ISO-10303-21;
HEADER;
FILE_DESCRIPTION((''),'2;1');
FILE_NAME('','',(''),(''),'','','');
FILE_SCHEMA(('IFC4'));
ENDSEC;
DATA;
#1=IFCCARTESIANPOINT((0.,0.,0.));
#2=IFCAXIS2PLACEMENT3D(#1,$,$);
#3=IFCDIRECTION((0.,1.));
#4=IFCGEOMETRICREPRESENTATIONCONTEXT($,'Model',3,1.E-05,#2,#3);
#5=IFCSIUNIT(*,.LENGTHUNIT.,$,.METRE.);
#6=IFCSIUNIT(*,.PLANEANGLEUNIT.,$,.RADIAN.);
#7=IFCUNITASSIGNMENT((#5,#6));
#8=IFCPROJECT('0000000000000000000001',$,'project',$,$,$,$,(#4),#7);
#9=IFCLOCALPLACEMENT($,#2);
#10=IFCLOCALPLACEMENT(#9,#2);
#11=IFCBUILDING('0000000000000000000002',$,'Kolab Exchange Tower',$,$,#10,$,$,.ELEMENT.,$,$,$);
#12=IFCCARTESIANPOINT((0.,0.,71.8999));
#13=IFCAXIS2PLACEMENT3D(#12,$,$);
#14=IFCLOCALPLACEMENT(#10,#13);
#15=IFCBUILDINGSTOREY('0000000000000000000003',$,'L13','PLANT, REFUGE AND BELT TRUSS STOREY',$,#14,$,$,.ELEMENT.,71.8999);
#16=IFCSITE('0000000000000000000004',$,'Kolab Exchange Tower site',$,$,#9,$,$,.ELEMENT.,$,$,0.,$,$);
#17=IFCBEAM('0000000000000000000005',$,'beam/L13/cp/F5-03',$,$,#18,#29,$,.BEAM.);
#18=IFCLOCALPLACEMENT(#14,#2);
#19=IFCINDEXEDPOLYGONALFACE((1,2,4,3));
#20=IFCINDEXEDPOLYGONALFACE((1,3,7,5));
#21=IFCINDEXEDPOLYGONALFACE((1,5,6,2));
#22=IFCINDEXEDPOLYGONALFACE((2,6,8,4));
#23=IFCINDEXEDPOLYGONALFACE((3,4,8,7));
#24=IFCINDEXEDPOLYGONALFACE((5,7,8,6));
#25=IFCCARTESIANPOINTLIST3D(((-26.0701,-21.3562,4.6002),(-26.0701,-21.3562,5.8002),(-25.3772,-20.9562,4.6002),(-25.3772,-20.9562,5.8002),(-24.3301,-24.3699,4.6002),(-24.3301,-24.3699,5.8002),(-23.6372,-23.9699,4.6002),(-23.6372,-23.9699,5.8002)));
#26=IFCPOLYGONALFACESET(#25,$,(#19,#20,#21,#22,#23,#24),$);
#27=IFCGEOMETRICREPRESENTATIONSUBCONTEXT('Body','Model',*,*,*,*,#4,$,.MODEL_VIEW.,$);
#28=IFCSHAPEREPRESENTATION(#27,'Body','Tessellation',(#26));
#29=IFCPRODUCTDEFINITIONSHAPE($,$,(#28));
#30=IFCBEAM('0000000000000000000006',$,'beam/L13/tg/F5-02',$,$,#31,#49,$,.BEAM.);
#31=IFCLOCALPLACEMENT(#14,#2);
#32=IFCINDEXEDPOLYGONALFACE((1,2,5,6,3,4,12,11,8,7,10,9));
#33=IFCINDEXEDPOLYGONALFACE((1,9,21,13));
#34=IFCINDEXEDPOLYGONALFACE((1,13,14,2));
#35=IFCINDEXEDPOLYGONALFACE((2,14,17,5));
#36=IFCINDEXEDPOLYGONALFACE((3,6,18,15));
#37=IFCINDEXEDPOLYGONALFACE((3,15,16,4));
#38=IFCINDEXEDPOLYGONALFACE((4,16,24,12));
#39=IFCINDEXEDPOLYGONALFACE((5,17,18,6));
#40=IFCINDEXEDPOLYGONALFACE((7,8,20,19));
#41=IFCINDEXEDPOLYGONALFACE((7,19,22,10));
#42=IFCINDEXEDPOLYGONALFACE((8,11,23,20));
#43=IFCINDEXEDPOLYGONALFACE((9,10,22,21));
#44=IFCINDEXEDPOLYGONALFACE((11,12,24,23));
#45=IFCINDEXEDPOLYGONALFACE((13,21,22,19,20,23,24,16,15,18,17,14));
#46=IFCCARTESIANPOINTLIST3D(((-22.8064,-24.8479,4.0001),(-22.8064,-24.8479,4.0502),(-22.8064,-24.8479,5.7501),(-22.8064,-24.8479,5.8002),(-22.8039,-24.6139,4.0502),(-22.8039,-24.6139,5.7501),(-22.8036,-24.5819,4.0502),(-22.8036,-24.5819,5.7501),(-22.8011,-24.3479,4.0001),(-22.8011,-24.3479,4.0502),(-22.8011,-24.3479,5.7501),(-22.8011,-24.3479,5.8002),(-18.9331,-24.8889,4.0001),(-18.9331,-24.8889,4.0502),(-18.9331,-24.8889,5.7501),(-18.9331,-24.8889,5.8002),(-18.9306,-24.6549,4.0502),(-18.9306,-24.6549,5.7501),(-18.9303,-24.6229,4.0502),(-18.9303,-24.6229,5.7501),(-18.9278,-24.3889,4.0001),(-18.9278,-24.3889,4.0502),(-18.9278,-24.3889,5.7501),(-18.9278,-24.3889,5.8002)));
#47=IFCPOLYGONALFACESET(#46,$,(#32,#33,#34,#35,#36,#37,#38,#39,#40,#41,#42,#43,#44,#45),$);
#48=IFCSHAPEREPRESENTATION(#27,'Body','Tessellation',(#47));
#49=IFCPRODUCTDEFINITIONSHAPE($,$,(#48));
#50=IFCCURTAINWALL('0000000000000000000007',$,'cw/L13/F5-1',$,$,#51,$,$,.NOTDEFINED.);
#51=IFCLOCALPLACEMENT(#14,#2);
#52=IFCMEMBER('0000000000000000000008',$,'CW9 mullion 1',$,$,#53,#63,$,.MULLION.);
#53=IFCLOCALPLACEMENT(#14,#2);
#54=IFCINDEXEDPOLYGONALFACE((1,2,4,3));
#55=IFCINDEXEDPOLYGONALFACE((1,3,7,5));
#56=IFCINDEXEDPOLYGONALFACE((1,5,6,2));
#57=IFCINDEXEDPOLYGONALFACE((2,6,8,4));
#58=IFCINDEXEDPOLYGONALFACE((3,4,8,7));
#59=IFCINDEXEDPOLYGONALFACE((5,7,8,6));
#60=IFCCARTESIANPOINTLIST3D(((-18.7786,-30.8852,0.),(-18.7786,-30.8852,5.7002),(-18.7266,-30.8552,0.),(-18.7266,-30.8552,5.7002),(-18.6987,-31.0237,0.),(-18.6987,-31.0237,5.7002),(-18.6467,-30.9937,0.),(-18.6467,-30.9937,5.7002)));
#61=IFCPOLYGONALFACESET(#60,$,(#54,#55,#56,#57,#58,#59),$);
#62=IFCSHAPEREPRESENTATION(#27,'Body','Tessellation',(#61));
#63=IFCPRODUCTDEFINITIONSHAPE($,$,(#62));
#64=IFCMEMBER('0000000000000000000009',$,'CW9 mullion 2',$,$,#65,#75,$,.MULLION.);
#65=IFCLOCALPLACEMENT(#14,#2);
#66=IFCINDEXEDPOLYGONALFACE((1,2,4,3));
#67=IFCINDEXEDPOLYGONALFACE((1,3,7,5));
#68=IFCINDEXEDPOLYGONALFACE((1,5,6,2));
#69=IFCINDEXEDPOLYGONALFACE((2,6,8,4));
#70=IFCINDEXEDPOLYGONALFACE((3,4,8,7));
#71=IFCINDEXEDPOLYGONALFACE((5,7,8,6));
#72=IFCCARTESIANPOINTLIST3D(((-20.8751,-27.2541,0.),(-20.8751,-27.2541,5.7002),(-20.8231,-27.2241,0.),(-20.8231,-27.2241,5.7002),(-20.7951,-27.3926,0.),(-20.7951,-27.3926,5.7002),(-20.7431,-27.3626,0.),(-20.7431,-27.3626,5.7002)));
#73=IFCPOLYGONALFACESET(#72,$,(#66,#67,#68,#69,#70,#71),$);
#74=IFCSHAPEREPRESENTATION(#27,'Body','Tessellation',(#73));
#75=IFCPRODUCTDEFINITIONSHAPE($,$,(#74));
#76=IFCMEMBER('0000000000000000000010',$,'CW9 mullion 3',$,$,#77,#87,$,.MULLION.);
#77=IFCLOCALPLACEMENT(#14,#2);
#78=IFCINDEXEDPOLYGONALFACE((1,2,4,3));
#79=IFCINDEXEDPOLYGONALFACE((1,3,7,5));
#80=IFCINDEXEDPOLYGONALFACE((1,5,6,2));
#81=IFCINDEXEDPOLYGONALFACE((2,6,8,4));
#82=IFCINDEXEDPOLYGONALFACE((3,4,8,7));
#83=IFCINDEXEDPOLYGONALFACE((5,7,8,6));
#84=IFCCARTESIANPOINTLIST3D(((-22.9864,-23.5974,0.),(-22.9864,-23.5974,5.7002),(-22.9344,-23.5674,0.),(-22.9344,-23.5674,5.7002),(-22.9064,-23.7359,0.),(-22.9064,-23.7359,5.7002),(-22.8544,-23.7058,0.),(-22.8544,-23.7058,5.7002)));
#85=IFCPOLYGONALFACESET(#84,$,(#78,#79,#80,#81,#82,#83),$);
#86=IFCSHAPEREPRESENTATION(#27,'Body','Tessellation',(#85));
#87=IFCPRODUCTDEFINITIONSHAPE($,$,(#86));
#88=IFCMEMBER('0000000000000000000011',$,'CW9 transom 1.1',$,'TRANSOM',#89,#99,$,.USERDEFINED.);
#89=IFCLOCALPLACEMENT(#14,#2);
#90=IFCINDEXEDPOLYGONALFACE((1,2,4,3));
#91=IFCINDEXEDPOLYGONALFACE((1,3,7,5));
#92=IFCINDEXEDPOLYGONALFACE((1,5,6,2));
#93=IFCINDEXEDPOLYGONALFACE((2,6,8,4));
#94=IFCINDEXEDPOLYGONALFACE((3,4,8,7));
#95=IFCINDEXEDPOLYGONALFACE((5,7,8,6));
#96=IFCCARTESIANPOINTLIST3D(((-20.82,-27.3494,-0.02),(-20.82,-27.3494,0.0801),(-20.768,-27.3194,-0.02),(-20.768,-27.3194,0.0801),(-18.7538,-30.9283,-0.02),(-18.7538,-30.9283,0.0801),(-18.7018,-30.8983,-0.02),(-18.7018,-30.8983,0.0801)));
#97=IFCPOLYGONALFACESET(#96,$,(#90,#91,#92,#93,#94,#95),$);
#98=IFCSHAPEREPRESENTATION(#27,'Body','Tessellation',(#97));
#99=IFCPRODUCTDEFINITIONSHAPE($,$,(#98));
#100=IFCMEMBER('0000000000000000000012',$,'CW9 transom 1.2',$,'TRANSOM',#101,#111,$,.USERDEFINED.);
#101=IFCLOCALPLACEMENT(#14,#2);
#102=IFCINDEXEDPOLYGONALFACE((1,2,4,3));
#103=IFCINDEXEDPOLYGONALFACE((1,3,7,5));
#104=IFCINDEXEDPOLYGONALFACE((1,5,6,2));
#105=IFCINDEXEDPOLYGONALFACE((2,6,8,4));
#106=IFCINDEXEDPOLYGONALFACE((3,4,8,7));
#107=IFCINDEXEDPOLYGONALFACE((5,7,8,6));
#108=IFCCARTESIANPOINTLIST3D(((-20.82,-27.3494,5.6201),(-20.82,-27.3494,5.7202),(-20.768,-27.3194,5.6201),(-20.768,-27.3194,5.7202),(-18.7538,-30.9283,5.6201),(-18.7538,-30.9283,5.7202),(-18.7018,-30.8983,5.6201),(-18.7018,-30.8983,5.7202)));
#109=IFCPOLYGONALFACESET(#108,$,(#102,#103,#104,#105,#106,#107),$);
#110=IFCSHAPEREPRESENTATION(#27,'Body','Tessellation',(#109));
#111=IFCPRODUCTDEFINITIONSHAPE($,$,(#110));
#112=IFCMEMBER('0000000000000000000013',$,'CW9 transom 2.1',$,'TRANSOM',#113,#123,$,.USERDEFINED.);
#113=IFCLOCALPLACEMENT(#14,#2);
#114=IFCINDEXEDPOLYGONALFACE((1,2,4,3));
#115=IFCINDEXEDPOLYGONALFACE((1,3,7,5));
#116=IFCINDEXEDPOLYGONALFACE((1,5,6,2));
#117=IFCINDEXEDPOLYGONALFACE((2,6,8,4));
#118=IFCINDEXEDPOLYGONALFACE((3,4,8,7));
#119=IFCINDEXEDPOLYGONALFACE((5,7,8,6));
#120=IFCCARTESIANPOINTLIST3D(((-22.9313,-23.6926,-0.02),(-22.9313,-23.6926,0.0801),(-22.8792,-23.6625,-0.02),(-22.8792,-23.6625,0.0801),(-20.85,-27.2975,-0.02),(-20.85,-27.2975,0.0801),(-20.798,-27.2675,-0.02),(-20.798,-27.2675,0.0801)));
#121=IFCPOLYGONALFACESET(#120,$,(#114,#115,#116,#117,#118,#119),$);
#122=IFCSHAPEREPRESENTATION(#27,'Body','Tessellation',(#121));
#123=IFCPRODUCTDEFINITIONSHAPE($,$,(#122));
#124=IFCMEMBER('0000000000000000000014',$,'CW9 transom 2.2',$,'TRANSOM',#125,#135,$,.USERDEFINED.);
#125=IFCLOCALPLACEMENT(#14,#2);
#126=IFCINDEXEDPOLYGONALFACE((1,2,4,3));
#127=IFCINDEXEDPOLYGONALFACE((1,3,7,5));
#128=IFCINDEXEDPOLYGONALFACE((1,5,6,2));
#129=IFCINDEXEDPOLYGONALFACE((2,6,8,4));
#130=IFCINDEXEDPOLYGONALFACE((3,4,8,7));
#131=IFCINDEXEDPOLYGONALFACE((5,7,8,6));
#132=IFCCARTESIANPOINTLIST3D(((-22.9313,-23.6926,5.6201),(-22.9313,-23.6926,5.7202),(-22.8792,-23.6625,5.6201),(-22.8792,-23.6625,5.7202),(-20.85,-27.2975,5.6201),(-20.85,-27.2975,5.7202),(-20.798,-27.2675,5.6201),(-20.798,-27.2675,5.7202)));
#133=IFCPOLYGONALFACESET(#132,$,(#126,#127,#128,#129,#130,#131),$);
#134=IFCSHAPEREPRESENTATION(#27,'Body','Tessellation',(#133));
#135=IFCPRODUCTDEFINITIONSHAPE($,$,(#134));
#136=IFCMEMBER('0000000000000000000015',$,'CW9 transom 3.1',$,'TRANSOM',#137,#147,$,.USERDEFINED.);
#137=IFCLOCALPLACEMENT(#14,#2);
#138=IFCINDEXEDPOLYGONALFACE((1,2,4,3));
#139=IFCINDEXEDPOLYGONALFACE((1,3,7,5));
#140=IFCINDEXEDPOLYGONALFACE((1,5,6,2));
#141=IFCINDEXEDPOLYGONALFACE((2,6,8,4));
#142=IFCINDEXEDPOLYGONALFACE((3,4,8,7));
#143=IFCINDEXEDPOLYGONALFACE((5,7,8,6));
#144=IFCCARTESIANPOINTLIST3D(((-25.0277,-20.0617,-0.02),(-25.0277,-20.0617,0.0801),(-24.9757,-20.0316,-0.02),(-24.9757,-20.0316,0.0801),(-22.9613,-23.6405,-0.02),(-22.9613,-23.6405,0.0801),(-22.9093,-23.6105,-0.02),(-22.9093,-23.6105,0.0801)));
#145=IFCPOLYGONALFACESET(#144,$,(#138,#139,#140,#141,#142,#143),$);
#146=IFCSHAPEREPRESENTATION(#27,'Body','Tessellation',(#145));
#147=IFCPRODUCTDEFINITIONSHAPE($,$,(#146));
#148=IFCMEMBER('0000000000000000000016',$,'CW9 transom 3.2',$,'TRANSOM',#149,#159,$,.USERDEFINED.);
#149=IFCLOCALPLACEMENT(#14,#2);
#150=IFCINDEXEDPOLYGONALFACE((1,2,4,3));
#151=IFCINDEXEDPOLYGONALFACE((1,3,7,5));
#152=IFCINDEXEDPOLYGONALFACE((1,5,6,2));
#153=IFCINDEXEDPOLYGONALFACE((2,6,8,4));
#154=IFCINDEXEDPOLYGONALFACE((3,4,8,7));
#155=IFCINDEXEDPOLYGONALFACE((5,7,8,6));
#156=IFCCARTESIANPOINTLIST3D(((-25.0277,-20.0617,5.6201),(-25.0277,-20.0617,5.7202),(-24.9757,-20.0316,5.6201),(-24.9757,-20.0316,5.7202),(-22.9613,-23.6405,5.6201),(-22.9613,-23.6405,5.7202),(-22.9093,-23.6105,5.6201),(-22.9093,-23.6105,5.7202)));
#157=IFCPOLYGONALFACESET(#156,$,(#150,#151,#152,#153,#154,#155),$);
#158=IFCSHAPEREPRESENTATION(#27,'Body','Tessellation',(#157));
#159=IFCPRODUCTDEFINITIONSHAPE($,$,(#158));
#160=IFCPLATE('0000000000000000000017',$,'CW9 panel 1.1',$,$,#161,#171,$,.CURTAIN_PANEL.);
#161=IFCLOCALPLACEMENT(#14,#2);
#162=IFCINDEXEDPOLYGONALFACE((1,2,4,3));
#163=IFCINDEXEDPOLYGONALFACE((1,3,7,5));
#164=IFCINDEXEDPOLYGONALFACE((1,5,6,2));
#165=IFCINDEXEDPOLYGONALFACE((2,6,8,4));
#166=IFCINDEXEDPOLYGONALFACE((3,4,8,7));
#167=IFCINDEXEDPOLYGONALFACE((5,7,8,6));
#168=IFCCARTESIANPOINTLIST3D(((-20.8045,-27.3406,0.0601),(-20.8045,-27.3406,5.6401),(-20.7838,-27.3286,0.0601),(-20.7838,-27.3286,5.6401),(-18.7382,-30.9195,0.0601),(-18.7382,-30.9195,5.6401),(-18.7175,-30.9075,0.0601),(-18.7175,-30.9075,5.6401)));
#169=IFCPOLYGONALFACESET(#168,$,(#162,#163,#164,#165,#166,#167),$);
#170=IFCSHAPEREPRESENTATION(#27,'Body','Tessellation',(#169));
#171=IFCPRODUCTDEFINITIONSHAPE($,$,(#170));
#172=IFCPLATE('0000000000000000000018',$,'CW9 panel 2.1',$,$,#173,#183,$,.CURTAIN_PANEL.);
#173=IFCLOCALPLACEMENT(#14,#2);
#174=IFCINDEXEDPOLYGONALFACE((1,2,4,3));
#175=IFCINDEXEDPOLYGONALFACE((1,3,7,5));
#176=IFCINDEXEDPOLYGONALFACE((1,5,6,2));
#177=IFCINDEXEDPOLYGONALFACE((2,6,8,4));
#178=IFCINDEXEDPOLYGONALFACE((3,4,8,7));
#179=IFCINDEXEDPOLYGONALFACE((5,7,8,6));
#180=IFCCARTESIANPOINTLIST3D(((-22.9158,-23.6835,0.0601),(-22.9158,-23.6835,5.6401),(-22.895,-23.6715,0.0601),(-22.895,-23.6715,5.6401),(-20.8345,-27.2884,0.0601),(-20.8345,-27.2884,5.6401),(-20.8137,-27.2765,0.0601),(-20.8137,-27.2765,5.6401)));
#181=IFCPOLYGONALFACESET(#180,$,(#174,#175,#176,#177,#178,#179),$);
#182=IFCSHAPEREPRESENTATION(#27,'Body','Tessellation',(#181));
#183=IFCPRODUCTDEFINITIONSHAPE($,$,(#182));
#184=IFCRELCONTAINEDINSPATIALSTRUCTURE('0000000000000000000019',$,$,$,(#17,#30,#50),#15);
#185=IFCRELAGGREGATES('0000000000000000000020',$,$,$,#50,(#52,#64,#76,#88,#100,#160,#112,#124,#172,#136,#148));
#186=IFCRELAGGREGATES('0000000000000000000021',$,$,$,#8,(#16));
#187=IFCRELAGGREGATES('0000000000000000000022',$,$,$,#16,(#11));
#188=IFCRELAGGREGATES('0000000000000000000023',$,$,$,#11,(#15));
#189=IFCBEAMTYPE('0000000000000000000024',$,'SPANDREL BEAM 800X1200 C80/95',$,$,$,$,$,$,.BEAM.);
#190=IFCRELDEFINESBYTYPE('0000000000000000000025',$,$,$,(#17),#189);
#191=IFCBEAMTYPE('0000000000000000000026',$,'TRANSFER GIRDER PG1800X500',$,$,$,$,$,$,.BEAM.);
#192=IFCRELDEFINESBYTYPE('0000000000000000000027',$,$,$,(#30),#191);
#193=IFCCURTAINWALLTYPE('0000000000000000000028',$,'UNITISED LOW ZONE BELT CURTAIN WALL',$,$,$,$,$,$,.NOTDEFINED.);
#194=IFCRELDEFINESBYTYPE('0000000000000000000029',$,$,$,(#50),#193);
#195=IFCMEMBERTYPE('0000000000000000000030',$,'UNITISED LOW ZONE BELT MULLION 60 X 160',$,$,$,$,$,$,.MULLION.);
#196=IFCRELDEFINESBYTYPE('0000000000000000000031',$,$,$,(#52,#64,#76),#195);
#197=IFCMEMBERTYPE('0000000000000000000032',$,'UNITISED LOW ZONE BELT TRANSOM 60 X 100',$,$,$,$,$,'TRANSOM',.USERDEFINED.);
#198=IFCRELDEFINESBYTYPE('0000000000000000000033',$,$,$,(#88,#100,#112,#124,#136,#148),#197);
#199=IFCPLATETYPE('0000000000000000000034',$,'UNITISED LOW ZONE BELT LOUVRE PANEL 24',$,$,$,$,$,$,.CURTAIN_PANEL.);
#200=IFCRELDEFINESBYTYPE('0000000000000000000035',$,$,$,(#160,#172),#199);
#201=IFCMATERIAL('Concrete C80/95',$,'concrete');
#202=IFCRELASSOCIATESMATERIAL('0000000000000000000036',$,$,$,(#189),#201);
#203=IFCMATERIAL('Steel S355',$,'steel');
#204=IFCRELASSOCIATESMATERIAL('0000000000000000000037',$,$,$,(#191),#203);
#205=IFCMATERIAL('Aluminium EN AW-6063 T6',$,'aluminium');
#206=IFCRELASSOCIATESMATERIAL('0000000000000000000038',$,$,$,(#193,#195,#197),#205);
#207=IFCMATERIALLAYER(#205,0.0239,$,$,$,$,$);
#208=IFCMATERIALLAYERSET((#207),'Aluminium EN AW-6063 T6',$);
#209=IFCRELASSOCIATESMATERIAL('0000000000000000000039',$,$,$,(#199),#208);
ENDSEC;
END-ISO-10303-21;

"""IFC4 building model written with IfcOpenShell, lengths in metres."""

from ifc_helpers import new_model, si_unit, direction, frame, origin, origin_2d, place, context, subcontext, project, spatial, rectangle, i_section, extrude, material, layer, layer_set, material_profile, profile_set, type_object, element, aggregate, save


model = new_model("IFC4")

# Units and contexts
model_context = context("Model", 3, precision=1e-05, world=origin(), true_north=direction((0.0, 1.0)))
body_context = subcontext(model_context, "Body", "Model", "MODEL_VIEW")
ifc_project = project(units=[si_unit("LENGTHUNIT", "METRE"), si_unit("PLANEANGLEUNIT", "RADIAN")], contexts=[model_context])

# Site, building, storey
site_placement = place(None, origin())
site = spatial("IfcSite", under=ifc_project, at=site_placement, Name="Kolab Exchange Tower site", CompositionType="ELEMENT", RefElevation=0.0)
building_placement = place(site_placement, origin())
building = spatial("IfcBuilding", under=site, at=building_placement, Name="Kolab Exchange Tower", CompositionType="ELEMENT")
storey_placement = place(building_placement, frame((0.0, 0.0, 71.8999)))
storey = spatial("IfcBuildingStorey", under=building, at=storey_placement, Name="L13", Description="PLANT, REFUGE AND BELT TRUSS STOREY", CompositionType="ELEMENT", Elevation=71.8999)

# Shared definitions
ifc_material_1 = material(Name="Concrete C80/95", Category="concrete")

# Shared definitions
ifc_material_2 = material(Name="Steel S355", Category="steel")

# Beams
ifc_material_profile_1 = material_profile(ifc_material_1, rectangle(XDim=0.8, YDim=1.2, at=origin_2d()), Name="RC800X1200")
ifc_profile_set_1 = profile_set([ifc_material_profile_1], Name="Concrete C80/95")
beam_type_1 = type_object("IfcBeamType", Name="SPANDREL BEAM 800X1200 C80/95", PredefinedType="BEAM", material=ifc_profile_set_1)
beam_1_placement = place(storey_placement, frame((-23.9836, -24.1699, 5.2002), z_axis=(-0.50001, 0.86602, 0.0), x_axis=(-0.86602, -0.50001, 0.0)))
element("IfcBeam", 1, at=beam_1_placement, inside=storey, type_object=beam_type_1, Name="beam/L13/cp/F5-03", PredefinedType="BEAM", context=body_context, shape_type="SweptSolid", body=[
    extrude(rectangle(XDim=0.8, YDim=1.2, at=origin_2d()), origin(), (0.0, 0.0, 1.0), 3.48),
])
ifc_material_profile_2 = material_profile(ifc_material_2, i_section(OverallWidth=0.5, OverallDepth=1.8, WebThickness=0.032, FlangeThickness=0.05, at=origin_2d()), Name="PG1800X500")
ifc_profile_set_2 = profile_set([ifc_material_profile_2], Name="Steel S355")
beam_type_2 = type_object("IfcBeamType", Name="TRANSFER GIRDER PG1800X500", PredefinedType="BEAM", material=ifc_profile_set_2)
beam_2_placement = place(storey_placement, frame((-18.9304, -24.6389, 4.9001), z_axis=(-0.999944, 0.010589, 0.0), x_axis=(-0.010589, -0.999944, 0.0)))
element("IfcBeam", 2, at=beam_2_placement, inside=storey, type_object=beam_type_2, Name="beam/L13/tg/F5-02", PredefinedType="BEAM", context=body_context, shape_type="SweptSolid", body=[
    extrude(i_section(OverallWidth=0.5, OverallDepth=1.8, WebThickness=0.032, FlangeThickness=0.05, at=origin_2d()), origin(), (0.0, 0.0, 1.0), 3.8735),
])

# Curtain wall, members, plates
ifc_material_3 = material(Name="Aluminium EN AW-6063 T6", Category="aluminium")
curtain_wall_type = type_object("IfcCurtainWallType", Name="UNITISED LOW ZONE BELT CURTAIN WALL", PredefinedType="NOTDEFINED", material=ifc_material_3)
curtain_wall_placement = place(storey_placement, origin())
curtain_wall = element("IfcCurtainWall", 3, at=curtain_wall_placement, inside=storey, type_object=curtain_wall_type, Name="cw/L13/F5-1", PredefinedType="NOTDEFINED")
ifc_material_profile_3 = material_profile(ifc_material_3, rectangle(XDim=0.0601, YDim=0.1599, at=origin_2d()), Name="RECT 60X160")
ifc_profile_set_3 = profile_set([ifc_material_profile_3], Name="Aluminium EN AW-6063 T6")
member_type_1 = type_object("IfcMemberType", Name="UNITISED LOW ZONE BELT MULLION 60 X 160", PredefinedType="MULLION", material=ifc_profile_set_3)
member_1_placement = place(storey_placement, frame((-18.7126, -30.9395, 0.0), z_axis=(0.0, 0.0, 1.0), x_axis=(-0.866025, -0.5, 0.0)))
member_1 = element("IfcMember", 4, at=member_1_placement, type_object=member_type_1, Name="CW9 mullion 1", PredefinedType="MULLION", context=body_context, shape_type="SweptSolid", body=[
    extrude(rectangle(XDim=0.0601, YDim=0.1599, at=origin_2d()), origin(), (0.0, 0.0, 1.0), 5.7002),
])
member_2_placement = place(storey_placement, frame((-20.8091, -27.3083, 0.0), z_axis=(0.0, 0.0, 1.0), x_axis=(-0.866025, -0.5, 0.0)))
member_2 = element("IfcMember", 5, at=member_2_placement, type_object=member_type_1, Name="CW9 mullion 2", PredefinedType="MULLION", context=body_context, shape_type="SweptSolid", body=[
    extrude(rectangle(XDim=0.0601, YDim=0.1599, at=origin_2d()), origin(), (0.0, 0.0, 1.0), 5.7002),
])
member_3_placement = place(storey_placement, frame((-22.9204, -23.6516, 0.0), z_axis=(0.0, 0.0, 1.0), x_axis=(-0.866025, -0.5, 0.0)))
member_3 = element("IfcMember", 6, at=member_3_placement, type_object=member_type_1, Name="CW9 mullion 3", PredefinedType="MULLION", context=body_context, shape_type="SweptSolid", body=[
    extrude(rectangle(XDim=0.0601, YDim=0.1599, at=origin_2d()), origin(), (0.0, 0.0, 1.0), 5.7002),
])
ifc_material_profile_4 = material_profile(ifc_material_3, rectangle(XDim=0.0601, YDim=0.1001, at=origin_2d()), Name="RECT 60X100")
ifc_profile_set_4 = profile_set([ifc_material_profile_4], Name="Aluminium EN AW-6063 T6")
member_type_2 = type_object("IfcMemberType", Name="UNITISED LOW ZONE BELT TRANSOM 60 X 100", ElementType="TRANSOM", PredefinedType="USERDEFINED", material=ifc_profile_set_4)
member_4_placement = place(storey_placement, frame((-18.7278, -30.9133, 0.03), z_axis=(-0.499983, 0.866035, 0.0), x_axis=(-0.866035, -0.499983, 0.0)))
member_4 = element("IfcMember", 7, at=member_4_placement, type_object=member_type_2, Name="CW9 transom 1.1", ObjectType="TRANSOM", PredefinedType="USERDEFINED", context=body_context, shape_type="SweptSolid", body=[
    extrude(rectangle(XDim=0.0601, YDim=0.1001, at=origin_2d()), origin(), (0.0, 0.0, 1.0), 4.1326),
])
member_5_placement = place(storey_placement, frame((-18.7278, -30.9133, 5.6702), z_axis=(-0.499983, 0.866035, 0.0), x_axis=(-0.866035, -0.499983, 0.0)))
member_5 = element("IfcMember", 8, at=member_5_placement, type_object=member_type_2, Name="CW9 transom 1.2", ObjectType="TRANSOM", PredefinedType="USERDEFINED", context=body_context, shape_type="SweptSolid", body=[
    extrude(rectangle(XDim=0.0601, YDim=0.1001, at=origin_2d()), origin(), (0.0, 0.0, 1.0), 4.1326),
])
member_6_placement = place(storey_placement, frame((-20.824, -27.2825, 0.03), z_axis=(-0.499993, 0.866029, 0.0), x_axis=(-0.866029, -0.499993, 0.0)))
member_6 = element("IfcMember", 9, at=member_6_placement, type_object=member_type_2, Name="CW9 transom 2.1", ObjectType="TRANSOM", PredefinedType="USERDEFINED", context=body_context, shape_type="SweptSolid", body=[
    extrude(rectangle(XDim=0.0601, YDim=0.1001, at=origin_2d()), origin(), (0.0, 0.0, 1.0), 4.1626),
])
member_7_placement = place(storey_placement, frame((-20.824, -27.2825, 5.6702), z_axis=(-0.499993, 0.866029, 0.0), x_axis=(-0.866029, -0.499993, 0.0)))
member_7 = element("IfcMember", 10, at=member_7_placement, type_object=member_type_2, Name="CW9 transom 2.2", ObjectType="TRANSOM", PredefinedType="USERDEFINED", context=body_context, shape_type="SweptSolid", body=[
    extrude(rectangle(XDim=0.0601, YDim=0.1001, at=origin_2d()), origin(), (0.0, 0.0, 1.0), 4.1626),
])
member_8_placement = place(storey_placement, frame((-22.9353, -23.6255, 0.03), z_axis=(-0.500028, 0.866009, 0.0), x_axis=(-0.866009, -0.500028, 0.0)))
member_8 = element("IfcMember", 11, at=member_8_placement, type_object=member_type_2, Name="CW9 transom 3.1", ObjectType="TRANSOM", PredefinedType="USERDEFINED", context=body_context, shape_type="SweptSolid", body=[
    extrude(rectangle(XDim=0.0601, YDim=0.1001, at=origin_2d()), origin(), (0.0, 0.0, 1.0), 4.1326),
])
member_9_placement = place(storey_placement, frame((-22.9353, -23.6255, 5.6702), z_axis=(-0.500028, 0.866009, 0.0), x_axis=(-0.866009, -0.500028, 0.0)))
member_9 = element("IfcMember", 12, at=member_9_placement, type_object=member_type_2, Name="CW9 transom 3.2", ObjectType="TRANSOM", PredefinedType="USERDEFINED", context=body_context, shape_type="SweptSolid", body=[
    extrude(rectangle(XDim=0.0601, YDim=0.1001, at=origin_2d()), origin(), (0.0, 0.0, 1.0), 4.1326),
])
ifc_layer_1 = layer(ifc_material_3, 0.0239)
ifc_layer_set_1 = layer_set([ifc_layer_1], Name="Aluminium EN AW-6063 T6")
plate_type = type_object("IfcPlateType", Name="UNITISED LOW ZONE BELT LOUVRE PANEL 24", PredefinedType="CURTAIN_PANEL", material=ifc_layer_set_1)
plate_1_placement = place(storey_placement, frame((-19.761, -29.124, 0.0601), z_axis=(0.0, 0.0, 1.0), x_axis=(-0.5, 0.866025, 0.0)))
plate_1 = element("IfcPlate", 13, at=plate_1_placement, type_object=plate_type, Name="CW9 panel 1.1", PredefinedType="CURTAIN_PANEL", context=body_context, shape_type="SweptSolid", body=[
    extrude(rectangle(XDim=4.1326, YDim=0.0239, at=origin_2d()), origin(), (0.0, 0.0, 1.0), 5.5801),
])
plate_2_placement = place(storey_placement, frame((-21.8647, -25.48, 0.0601), z_axis=(0.0, 0.0, 1.0), x_axis=(-0.5, 0.866025, 0.0)))
plate_2 = element("IfcPlate", 14, at=plate_2_placement, type_object=plate_type, Name="CW9 panel 2.1", PredefinedType="CURTAIN_PANEL", context=body_context, shape_type="SweptSolid", body=[
    extrude(rectangle(XDim=4.1626, YDim=0.0239, at=origin_2d()), origin(), (0.0, 0.0, 1.0), 5.5801),
])
aggregate(curtain_wall, [member_1, member_2, member_3, member_4, member_5, plate_1, member_6, member_7, plate_2, member_8, member_9])

save(model, "model.ifc")
